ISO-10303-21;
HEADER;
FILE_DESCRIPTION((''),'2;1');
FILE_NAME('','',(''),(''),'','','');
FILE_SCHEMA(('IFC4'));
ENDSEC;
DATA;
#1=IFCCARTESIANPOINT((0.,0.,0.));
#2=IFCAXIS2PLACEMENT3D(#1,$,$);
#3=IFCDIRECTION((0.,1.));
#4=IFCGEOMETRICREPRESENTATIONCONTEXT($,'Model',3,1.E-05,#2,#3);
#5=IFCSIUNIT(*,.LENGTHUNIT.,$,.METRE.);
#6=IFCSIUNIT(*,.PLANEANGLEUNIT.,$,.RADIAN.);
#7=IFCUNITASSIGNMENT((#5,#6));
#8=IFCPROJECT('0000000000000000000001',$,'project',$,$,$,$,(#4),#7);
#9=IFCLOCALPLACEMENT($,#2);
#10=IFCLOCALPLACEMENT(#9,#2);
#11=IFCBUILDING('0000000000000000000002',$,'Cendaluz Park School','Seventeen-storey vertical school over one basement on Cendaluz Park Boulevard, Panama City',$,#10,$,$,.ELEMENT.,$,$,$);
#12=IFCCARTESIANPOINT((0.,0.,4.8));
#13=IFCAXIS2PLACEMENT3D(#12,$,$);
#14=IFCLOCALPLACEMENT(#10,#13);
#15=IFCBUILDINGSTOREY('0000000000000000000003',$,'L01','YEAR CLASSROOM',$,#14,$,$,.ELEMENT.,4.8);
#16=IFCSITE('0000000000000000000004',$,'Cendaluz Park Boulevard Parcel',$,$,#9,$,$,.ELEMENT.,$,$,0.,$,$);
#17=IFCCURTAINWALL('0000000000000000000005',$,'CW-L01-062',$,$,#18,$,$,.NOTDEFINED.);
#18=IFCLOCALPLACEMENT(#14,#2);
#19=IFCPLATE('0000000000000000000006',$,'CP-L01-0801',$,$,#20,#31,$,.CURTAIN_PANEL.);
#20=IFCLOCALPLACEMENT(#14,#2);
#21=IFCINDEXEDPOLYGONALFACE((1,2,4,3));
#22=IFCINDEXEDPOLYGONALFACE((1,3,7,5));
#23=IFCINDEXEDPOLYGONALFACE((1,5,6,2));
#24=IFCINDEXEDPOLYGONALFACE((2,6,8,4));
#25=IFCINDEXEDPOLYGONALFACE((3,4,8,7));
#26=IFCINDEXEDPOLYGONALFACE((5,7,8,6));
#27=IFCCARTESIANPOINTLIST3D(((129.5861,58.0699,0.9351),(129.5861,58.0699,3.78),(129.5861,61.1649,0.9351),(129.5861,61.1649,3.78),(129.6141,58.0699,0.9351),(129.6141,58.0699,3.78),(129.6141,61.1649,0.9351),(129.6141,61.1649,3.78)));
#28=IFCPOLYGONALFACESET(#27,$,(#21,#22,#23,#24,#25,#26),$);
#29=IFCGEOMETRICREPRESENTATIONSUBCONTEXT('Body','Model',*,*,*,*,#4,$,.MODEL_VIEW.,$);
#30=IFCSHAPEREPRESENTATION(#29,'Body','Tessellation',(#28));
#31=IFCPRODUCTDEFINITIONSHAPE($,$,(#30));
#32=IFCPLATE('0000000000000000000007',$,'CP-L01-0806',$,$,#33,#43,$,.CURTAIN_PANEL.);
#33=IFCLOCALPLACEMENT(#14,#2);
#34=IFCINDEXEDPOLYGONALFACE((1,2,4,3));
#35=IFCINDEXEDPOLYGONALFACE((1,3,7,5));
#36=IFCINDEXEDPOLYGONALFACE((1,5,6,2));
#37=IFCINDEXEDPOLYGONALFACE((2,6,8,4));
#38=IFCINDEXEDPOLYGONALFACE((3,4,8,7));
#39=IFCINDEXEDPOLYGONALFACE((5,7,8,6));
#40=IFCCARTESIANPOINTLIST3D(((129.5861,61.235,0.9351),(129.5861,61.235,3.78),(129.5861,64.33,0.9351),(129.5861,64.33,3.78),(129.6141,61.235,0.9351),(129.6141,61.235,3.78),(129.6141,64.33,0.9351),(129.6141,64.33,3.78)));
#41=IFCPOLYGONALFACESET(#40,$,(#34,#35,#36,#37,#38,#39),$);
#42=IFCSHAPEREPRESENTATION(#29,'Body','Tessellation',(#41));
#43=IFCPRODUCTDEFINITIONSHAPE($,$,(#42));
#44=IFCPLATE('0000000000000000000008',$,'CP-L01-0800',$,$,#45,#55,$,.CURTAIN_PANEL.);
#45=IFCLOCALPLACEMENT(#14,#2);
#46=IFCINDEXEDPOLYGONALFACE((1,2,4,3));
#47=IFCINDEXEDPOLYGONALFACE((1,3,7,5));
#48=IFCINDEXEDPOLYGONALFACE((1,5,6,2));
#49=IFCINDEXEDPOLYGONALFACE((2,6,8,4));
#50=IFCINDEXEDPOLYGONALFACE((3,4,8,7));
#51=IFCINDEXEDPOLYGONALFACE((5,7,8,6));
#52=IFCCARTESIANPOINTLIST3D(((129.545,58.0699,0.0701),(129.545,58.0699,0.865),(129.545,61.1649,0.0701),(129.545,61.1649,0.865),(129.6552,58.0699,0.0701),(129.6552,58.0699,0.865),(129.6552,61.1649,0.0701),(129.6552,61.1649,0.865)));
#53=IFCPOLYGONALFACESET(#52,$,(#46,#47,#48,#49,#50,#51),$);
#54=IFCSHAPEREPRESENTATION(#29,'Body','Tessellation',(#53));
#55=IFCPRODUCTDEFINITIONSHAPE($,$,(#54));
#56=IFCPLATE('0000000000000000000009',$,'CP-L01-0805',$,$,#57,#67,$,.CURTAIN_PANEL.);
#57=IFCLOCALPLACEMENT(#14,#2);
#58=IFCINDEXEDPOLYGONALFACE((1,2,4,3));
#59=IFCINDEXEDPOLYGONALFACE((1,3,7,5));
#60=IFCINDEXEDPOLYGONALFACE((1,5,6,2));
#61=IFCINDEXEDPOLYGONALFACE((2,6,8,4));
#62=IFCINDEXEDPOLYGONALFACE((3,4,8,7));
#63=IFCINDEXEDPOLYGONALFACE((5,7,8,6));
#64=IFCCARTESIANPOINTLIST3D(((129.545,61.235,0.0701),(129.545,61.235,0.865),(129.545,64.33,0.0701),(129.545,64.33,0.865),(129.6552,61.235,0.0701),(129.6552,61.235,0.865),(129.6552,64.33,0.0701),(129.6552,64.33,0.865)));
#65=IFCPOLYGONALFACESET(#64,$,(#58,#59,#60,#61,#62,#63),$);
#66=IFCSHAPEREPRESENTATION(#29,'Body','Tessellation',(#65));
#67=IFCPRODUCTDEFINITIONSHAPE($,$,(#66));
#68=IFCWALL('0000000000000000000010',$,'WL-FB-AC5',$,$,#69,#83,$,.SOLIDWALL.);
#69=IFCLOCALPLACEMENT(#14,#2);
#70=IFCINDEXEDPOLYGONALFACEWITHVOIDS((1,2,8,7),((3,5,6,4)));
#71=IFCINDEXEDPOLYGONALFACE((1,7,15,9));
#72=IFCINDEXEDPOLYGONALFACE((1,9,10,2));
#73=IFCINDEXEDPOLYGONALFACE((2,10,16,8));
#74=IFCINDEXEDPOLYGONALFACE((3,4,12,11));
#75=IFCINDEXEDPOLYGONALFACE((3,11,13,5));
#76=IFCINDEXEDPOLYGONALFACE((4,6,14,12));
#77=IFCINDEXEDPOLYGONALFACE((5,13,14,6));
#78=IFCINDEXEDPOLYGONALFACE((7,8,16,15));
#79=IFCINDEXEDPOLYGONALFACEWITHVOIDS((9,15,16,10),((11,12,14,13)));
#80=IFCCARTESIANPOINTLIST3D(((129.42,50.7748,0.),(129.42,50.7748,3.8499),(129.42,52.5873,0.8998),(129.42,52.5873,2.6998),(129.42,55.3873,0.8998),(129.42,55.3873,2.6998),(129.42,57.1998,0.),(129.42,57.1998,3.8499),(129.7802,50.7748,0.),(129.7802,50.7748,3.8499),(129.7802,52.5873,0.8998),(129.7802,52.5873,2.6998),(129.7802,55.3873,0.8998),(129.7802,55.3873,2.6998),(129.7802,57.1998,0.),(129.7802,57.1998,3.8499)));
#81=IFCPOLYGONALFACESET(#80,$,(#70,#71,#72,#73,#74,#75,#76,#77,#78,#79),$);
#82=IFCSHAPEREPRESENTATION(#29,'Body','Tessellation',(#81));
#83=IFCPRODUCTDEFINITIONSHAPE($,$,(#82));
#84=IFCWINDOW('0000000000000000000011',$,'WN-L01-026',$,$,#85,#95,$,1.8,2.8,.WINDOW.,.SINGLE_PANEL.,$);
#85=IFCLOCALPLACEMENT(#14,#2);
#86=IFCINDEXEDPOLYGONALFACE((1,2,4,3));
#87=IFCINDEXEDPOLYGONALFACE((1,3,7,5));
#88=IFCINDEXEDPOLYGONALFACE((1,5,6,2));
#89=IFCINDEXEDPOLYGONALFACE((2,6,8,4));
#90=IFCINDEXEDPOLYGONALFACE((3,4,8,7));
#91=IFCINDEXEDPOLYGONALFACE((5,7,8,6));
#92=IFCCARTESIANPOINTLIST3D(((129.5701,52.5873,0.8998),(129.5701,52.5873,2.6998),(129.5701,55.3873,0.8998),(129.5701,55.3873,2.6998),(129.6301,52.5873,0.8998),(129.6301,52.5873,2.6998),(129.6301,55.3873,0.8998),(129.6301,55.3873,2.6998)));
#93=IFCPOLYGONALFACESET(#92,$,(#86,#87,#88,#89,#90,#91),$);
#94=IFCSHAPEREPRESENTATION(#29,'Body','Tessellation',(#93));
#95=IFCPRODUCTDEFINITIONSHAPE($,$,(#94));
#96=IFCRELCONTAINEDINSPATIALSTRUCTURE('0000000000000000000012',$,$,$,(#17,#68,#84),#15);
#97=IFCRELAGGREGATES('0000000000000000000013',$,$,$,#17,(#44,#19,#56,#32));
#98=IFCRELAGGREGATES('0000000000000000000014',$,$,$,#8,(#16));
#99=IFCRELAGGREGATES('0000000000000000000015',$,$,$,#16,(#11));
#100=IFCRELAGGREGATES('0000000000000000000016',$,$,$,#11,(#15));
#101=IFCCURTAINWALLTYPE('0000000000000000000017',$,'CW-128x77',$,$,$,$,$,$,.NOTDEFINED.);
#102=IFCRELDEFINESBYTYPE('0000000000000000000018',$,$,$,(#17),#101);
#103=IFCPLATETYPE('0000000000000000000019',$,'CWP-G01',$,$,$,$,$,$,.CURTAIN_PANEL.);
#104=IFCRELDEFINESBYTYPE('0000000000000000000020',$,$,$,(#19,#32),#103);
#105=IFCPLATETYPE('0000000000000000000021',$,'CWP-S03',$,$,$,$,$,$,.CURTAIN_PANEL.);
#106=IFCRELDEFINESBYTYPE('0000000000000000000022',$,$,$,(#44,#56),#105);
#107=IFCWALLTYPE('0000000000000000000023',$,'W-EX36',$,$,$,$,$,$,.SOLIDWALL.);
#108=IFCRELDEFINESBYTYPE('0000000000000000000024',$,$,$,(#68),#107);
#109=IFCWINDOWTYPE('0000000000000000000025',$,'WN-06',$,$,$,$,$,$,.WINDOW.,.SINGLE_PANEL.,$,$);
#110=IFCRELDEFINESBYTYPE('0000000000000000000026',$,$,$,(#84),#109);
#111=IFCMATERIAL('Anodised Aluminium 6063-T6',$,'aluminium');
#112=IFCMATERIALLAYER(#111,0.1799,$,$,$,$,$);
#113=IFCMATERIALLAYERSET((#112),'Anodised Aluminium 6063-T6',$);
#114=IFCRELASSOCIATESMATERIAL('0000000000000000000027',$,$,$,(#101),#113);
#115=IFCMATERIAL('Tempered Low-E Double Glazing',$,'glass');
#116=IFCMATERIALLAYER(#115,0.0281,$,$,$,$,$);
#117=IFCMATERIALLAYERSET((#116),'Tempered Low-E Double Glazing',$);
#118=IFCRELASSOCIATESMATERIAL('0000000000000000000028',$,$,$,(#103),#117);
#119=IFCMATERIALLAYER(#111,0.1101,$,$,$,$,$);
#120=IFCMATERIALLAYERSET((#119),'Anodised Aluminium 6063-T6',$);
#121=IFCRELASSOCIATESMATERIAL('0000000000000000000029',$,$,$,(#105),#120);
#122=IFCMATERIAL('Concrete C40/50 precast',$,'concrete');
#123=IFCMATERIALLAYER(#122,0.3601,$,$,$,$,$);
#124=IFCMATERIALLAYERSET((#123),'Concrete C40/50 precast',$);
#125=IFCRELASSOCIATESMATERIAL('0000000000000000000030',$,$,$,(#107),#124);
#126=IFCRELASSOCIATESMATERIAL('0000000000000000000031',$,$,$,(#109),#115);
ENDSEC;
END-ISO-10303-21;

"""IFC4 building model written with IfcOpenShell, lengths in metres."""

from ifc_helpers import new_model, si_unit, direction, frame, frame_2d, origin, origin_2d, place, context, subcontext, project, spatial, rectangle, extrude, material, layer, layer_set, type_object, element, fill, aggregate, save


model = new_model("IFC4")

# Units and contexts
model_context = context("Model", 3, precision=1e-05, world=origin(), true_north=direction((0.0, 1.0)))
body_context = subcontext(model_context, "Body", "Model", "MODEL_VIEW")
ifc_project = project(units=[si_unit("LENGTHUNIT", "METRE"), si_unit("PLANEANGLEUNIT", "RADIAN")], contexts=[model_context])

# Site, building, storey
site_placement = place(None, origin())
site = spatial("IfcSite", under=ifc_project, at=site_placement, Name="Cendaluz Park Boulevard Parcel", CompositionType="ELEMENT", RefElevation=0.0)
building_placement = place(site_placement, origin())
building = spatial("IfcBuilding", under=site, at=building_placement, Name="Cendaluz Park School", Description="Seventeen-storey vertical school over one basement on Cendaluz Park Boulevard, Panama City", CompositionType="ELEMENT")
storey_placement = place(building_placement, frame((0.0, 0.0, 4.8)))
storey = spatial("IfcBuildingStorey", under=building, at=storey_placement, Name="L01", Description="YEAR CLASSROOM", CompositionType="ELEMENT", Elevation=4.8)

# Shared definitions
ifc_material_1 = material(Name="Anodised Aluminium 6063-T6", Category="aluminium")
ifc_layer_1 = layer(ifc_material_1, 0.1799)
ifc_layer_set_1 = layer_set([ifc_layer_1], Name="Anodised Aluminium 6063-T6")
curtain_wall_type = type_object("IfcCurtainWallType", Name="CW-128x77", PredefinedType="NOTDEFINED", material=ifc_layer_set_1)

# Curtain wall
curtain_wall_1_placement = place(storey_placement, origin())
curtain_wall_1 = element("IfcCurtainWall", 1, at=curtain_wall_1_placement, inside=storey, type_object=curtain_wall_type, Name="CW-L01-062", PredefinedType="NOTDEFINED")

# Plates
ifc_material_2 = material(Name="Tempered Low-E Double Glazing", Category="glass")
ifc_layer_2 = layer(ifc_material_2, 0.0281)
ifc_layer_set_2 = layer_set([ifc_layer_2], Name="Tempered Low-E Double Glazing")
plate_type_1 = type_object("IfcPlateType", Name="CWP-G01", PredefinedType="CURTAIN_PANEL", material=ifc_layer_set_2)
plate_1_placement = place(storey_placement, frame((129.6001, 59.6174, 0.9351), z_axis=(0.0, 0.0, 1.0), x_axis=(0.0, 1.0, 0.0)))
plate_1 = element("IfcPlate", 2, at=plate_1_placement, type_object=plate_type_1, Name="CP-L01-0801", PredefinedType="CURTAIN_PANEL", context=body_context, shape_type="SweptSolid", body=[
    extrude(rectangle(XDim=3.095, YDim=0.0281, at=origin_2d()), origin(), (0.0, 0.0, 1.0), 2.845),
])
plate_2_placement = place(storey_placement, frame((129.6001, 62.7825, 0.9351), z_axis=(0.0, 0.0, 1.0), x_axis=(0.0, 1.0, 0.0)))
plate_2 = element("IfcPlate", 3, at=plate_2_placement, type_object=plate_type_1, Name="CP-L01-0806", PredefinedType="CURTAIN_PANEL", context=body_context, shape_type="SweptSolid", body=[
    extrude(rectangle(XDim=3.095, YDim=0.0281, at=origin_2d()), origin(), (0.0, 0.0, 1.0), 2.845),
])
ifc_layer_3 = layer(ifc_material_1, 0.1101)
ifc_layer_set_3 = layer_set([ifc_layer_3], Name="Anodised Aluminium 6063-T6")
plate_type_2 = type_object("IfcPlateType", Name="CWP-S03", PredefinedType="CURTAIN_PANEL", material=ifc_layer_set_3)
plate_3_placement = place(storey_placement, frame((129.6001, 59.6174, 0.0701), z_axis=(0.0, 0.0, 1.0), x_axis=(0.0, 1.0, 0.0)))
plate_3 = element("IfcPlate", 4, at=plate_3_placement, type_object=plate_type_2, Name="CP-L01-0800", PredefinedType="CURTAIN_PANEL", context=body_context, shape_type="SweptSolid", body=[
    extrude(rectangle(XDim=3.095, YDim=0.1101, at=origin_2d()), origin(), (0.0, 0.0, 1.0), 0.7949),
])
plate_4_placement = place(storey_placement, frame((129.6001, 62.7825, 0.0701), z_axis=(0.0, 0.0, 1.0), x_axis=(0.0, 1.0, 0.0)))
plate_4 = element("IfcPlate", 5, at=plate_4_placement, type_object=plate_type_2, Name="CP-L01-0805", PredefinedType="CURTAIN_PANEL", context=body_context, shape_type="SweptSolid", body=[
    extrude(rectangle(XDim=3.095, YDim=0.1101, at=origin_2d()), origin(), (0.0, 0.0, 1.0), 0.7949),
])
aggregate(curtain_wall_1, [plate_3, plate_1, plate_4, plate_2])

# Wall, opening, window
ifc_material_3 = material(Name="Concrete C40/50 precast", Category="concrete")
ifc_layer_4 = layer(ifc_material_3, 0.3601)
ifc_layer_set_4 = layer_set([ifc_layer_4], Name="Concrete C40/50 precast")
wall_type = type_object("IfcWallType", Name="W-EX36", PredefinedType="SOLIDWALL", material=ifc_layer_set_4)
wall_placement = place(storey_placement, frame((129.6001, 50.7749, 0.0), z_axis=(0.0, 0.0, 1.0), x_axis=(0.0, 1.0, 0.0)))
wall = element("IfcWall", 6, at=wall_placement, inside=storey, type_object=wall_type, Name="WL-FB-AC5", PredefinedType="SOLIDWALL", context=body_context, shape_type="SweptSolid", body=[
    extrude(rectangle(XDim=6.425, YDim=0.3601, at=frame_2d((3.2124, 0.0))), origin(), (0.0, 0.0, 1.0), 3.8499),
])
opening_placement = place(wall_placement, frame((1.8125, 0.0, 0.8999)))
opening = element("IfcOpeningElement", 7, at=opening_placement, cuts=wall, PredefinedType="OPENING", context=body_context, shape_type="SweptSolid", body=[
    extrude(rectangle(XDim=2.8, YDim=1.8, at=frame_2d((1.3999, 0.8999))), frame((0.0, 0.1921, 0.0), z_axis=(0.0, -1.0, 0.0), x_axis=(1.0, 0.0, 0.0)), (0.0, 0.0, 1.0), 0.384),
])
window_type = type_object("IfcWindowType", Name="WN-06", PartitioningType="SINGLE_PANEL", PredefinedType="WINDOW", material=ifc_material_2)
window_placement = place(opening_placement, origin())
window = element("IfcWindow", 8, at=window_placement, inside=storey, type_object=window_type, Name="WN-L01-026", OverallHeight=1.8, OverallWidth=2.8, PartitioningType="SINGLE_PANEL", PredefinedType="WINDOW", context=body_context, shape_type="SweptSolid", body=[
    extrude(rectangle(XDim=2.8, YDim=1.8, at=frame_2d((1.3999, 0.8999))), frame((0.0, 0.03, 0.0), z_axis=(0.0, -1.0, 0.0), x_axis=(1.0, 0.0, 0.0)), (0.0, 0.0, 1.0), 0.0601),
])
fill(opening, window)

save(model, "model.ifc")
